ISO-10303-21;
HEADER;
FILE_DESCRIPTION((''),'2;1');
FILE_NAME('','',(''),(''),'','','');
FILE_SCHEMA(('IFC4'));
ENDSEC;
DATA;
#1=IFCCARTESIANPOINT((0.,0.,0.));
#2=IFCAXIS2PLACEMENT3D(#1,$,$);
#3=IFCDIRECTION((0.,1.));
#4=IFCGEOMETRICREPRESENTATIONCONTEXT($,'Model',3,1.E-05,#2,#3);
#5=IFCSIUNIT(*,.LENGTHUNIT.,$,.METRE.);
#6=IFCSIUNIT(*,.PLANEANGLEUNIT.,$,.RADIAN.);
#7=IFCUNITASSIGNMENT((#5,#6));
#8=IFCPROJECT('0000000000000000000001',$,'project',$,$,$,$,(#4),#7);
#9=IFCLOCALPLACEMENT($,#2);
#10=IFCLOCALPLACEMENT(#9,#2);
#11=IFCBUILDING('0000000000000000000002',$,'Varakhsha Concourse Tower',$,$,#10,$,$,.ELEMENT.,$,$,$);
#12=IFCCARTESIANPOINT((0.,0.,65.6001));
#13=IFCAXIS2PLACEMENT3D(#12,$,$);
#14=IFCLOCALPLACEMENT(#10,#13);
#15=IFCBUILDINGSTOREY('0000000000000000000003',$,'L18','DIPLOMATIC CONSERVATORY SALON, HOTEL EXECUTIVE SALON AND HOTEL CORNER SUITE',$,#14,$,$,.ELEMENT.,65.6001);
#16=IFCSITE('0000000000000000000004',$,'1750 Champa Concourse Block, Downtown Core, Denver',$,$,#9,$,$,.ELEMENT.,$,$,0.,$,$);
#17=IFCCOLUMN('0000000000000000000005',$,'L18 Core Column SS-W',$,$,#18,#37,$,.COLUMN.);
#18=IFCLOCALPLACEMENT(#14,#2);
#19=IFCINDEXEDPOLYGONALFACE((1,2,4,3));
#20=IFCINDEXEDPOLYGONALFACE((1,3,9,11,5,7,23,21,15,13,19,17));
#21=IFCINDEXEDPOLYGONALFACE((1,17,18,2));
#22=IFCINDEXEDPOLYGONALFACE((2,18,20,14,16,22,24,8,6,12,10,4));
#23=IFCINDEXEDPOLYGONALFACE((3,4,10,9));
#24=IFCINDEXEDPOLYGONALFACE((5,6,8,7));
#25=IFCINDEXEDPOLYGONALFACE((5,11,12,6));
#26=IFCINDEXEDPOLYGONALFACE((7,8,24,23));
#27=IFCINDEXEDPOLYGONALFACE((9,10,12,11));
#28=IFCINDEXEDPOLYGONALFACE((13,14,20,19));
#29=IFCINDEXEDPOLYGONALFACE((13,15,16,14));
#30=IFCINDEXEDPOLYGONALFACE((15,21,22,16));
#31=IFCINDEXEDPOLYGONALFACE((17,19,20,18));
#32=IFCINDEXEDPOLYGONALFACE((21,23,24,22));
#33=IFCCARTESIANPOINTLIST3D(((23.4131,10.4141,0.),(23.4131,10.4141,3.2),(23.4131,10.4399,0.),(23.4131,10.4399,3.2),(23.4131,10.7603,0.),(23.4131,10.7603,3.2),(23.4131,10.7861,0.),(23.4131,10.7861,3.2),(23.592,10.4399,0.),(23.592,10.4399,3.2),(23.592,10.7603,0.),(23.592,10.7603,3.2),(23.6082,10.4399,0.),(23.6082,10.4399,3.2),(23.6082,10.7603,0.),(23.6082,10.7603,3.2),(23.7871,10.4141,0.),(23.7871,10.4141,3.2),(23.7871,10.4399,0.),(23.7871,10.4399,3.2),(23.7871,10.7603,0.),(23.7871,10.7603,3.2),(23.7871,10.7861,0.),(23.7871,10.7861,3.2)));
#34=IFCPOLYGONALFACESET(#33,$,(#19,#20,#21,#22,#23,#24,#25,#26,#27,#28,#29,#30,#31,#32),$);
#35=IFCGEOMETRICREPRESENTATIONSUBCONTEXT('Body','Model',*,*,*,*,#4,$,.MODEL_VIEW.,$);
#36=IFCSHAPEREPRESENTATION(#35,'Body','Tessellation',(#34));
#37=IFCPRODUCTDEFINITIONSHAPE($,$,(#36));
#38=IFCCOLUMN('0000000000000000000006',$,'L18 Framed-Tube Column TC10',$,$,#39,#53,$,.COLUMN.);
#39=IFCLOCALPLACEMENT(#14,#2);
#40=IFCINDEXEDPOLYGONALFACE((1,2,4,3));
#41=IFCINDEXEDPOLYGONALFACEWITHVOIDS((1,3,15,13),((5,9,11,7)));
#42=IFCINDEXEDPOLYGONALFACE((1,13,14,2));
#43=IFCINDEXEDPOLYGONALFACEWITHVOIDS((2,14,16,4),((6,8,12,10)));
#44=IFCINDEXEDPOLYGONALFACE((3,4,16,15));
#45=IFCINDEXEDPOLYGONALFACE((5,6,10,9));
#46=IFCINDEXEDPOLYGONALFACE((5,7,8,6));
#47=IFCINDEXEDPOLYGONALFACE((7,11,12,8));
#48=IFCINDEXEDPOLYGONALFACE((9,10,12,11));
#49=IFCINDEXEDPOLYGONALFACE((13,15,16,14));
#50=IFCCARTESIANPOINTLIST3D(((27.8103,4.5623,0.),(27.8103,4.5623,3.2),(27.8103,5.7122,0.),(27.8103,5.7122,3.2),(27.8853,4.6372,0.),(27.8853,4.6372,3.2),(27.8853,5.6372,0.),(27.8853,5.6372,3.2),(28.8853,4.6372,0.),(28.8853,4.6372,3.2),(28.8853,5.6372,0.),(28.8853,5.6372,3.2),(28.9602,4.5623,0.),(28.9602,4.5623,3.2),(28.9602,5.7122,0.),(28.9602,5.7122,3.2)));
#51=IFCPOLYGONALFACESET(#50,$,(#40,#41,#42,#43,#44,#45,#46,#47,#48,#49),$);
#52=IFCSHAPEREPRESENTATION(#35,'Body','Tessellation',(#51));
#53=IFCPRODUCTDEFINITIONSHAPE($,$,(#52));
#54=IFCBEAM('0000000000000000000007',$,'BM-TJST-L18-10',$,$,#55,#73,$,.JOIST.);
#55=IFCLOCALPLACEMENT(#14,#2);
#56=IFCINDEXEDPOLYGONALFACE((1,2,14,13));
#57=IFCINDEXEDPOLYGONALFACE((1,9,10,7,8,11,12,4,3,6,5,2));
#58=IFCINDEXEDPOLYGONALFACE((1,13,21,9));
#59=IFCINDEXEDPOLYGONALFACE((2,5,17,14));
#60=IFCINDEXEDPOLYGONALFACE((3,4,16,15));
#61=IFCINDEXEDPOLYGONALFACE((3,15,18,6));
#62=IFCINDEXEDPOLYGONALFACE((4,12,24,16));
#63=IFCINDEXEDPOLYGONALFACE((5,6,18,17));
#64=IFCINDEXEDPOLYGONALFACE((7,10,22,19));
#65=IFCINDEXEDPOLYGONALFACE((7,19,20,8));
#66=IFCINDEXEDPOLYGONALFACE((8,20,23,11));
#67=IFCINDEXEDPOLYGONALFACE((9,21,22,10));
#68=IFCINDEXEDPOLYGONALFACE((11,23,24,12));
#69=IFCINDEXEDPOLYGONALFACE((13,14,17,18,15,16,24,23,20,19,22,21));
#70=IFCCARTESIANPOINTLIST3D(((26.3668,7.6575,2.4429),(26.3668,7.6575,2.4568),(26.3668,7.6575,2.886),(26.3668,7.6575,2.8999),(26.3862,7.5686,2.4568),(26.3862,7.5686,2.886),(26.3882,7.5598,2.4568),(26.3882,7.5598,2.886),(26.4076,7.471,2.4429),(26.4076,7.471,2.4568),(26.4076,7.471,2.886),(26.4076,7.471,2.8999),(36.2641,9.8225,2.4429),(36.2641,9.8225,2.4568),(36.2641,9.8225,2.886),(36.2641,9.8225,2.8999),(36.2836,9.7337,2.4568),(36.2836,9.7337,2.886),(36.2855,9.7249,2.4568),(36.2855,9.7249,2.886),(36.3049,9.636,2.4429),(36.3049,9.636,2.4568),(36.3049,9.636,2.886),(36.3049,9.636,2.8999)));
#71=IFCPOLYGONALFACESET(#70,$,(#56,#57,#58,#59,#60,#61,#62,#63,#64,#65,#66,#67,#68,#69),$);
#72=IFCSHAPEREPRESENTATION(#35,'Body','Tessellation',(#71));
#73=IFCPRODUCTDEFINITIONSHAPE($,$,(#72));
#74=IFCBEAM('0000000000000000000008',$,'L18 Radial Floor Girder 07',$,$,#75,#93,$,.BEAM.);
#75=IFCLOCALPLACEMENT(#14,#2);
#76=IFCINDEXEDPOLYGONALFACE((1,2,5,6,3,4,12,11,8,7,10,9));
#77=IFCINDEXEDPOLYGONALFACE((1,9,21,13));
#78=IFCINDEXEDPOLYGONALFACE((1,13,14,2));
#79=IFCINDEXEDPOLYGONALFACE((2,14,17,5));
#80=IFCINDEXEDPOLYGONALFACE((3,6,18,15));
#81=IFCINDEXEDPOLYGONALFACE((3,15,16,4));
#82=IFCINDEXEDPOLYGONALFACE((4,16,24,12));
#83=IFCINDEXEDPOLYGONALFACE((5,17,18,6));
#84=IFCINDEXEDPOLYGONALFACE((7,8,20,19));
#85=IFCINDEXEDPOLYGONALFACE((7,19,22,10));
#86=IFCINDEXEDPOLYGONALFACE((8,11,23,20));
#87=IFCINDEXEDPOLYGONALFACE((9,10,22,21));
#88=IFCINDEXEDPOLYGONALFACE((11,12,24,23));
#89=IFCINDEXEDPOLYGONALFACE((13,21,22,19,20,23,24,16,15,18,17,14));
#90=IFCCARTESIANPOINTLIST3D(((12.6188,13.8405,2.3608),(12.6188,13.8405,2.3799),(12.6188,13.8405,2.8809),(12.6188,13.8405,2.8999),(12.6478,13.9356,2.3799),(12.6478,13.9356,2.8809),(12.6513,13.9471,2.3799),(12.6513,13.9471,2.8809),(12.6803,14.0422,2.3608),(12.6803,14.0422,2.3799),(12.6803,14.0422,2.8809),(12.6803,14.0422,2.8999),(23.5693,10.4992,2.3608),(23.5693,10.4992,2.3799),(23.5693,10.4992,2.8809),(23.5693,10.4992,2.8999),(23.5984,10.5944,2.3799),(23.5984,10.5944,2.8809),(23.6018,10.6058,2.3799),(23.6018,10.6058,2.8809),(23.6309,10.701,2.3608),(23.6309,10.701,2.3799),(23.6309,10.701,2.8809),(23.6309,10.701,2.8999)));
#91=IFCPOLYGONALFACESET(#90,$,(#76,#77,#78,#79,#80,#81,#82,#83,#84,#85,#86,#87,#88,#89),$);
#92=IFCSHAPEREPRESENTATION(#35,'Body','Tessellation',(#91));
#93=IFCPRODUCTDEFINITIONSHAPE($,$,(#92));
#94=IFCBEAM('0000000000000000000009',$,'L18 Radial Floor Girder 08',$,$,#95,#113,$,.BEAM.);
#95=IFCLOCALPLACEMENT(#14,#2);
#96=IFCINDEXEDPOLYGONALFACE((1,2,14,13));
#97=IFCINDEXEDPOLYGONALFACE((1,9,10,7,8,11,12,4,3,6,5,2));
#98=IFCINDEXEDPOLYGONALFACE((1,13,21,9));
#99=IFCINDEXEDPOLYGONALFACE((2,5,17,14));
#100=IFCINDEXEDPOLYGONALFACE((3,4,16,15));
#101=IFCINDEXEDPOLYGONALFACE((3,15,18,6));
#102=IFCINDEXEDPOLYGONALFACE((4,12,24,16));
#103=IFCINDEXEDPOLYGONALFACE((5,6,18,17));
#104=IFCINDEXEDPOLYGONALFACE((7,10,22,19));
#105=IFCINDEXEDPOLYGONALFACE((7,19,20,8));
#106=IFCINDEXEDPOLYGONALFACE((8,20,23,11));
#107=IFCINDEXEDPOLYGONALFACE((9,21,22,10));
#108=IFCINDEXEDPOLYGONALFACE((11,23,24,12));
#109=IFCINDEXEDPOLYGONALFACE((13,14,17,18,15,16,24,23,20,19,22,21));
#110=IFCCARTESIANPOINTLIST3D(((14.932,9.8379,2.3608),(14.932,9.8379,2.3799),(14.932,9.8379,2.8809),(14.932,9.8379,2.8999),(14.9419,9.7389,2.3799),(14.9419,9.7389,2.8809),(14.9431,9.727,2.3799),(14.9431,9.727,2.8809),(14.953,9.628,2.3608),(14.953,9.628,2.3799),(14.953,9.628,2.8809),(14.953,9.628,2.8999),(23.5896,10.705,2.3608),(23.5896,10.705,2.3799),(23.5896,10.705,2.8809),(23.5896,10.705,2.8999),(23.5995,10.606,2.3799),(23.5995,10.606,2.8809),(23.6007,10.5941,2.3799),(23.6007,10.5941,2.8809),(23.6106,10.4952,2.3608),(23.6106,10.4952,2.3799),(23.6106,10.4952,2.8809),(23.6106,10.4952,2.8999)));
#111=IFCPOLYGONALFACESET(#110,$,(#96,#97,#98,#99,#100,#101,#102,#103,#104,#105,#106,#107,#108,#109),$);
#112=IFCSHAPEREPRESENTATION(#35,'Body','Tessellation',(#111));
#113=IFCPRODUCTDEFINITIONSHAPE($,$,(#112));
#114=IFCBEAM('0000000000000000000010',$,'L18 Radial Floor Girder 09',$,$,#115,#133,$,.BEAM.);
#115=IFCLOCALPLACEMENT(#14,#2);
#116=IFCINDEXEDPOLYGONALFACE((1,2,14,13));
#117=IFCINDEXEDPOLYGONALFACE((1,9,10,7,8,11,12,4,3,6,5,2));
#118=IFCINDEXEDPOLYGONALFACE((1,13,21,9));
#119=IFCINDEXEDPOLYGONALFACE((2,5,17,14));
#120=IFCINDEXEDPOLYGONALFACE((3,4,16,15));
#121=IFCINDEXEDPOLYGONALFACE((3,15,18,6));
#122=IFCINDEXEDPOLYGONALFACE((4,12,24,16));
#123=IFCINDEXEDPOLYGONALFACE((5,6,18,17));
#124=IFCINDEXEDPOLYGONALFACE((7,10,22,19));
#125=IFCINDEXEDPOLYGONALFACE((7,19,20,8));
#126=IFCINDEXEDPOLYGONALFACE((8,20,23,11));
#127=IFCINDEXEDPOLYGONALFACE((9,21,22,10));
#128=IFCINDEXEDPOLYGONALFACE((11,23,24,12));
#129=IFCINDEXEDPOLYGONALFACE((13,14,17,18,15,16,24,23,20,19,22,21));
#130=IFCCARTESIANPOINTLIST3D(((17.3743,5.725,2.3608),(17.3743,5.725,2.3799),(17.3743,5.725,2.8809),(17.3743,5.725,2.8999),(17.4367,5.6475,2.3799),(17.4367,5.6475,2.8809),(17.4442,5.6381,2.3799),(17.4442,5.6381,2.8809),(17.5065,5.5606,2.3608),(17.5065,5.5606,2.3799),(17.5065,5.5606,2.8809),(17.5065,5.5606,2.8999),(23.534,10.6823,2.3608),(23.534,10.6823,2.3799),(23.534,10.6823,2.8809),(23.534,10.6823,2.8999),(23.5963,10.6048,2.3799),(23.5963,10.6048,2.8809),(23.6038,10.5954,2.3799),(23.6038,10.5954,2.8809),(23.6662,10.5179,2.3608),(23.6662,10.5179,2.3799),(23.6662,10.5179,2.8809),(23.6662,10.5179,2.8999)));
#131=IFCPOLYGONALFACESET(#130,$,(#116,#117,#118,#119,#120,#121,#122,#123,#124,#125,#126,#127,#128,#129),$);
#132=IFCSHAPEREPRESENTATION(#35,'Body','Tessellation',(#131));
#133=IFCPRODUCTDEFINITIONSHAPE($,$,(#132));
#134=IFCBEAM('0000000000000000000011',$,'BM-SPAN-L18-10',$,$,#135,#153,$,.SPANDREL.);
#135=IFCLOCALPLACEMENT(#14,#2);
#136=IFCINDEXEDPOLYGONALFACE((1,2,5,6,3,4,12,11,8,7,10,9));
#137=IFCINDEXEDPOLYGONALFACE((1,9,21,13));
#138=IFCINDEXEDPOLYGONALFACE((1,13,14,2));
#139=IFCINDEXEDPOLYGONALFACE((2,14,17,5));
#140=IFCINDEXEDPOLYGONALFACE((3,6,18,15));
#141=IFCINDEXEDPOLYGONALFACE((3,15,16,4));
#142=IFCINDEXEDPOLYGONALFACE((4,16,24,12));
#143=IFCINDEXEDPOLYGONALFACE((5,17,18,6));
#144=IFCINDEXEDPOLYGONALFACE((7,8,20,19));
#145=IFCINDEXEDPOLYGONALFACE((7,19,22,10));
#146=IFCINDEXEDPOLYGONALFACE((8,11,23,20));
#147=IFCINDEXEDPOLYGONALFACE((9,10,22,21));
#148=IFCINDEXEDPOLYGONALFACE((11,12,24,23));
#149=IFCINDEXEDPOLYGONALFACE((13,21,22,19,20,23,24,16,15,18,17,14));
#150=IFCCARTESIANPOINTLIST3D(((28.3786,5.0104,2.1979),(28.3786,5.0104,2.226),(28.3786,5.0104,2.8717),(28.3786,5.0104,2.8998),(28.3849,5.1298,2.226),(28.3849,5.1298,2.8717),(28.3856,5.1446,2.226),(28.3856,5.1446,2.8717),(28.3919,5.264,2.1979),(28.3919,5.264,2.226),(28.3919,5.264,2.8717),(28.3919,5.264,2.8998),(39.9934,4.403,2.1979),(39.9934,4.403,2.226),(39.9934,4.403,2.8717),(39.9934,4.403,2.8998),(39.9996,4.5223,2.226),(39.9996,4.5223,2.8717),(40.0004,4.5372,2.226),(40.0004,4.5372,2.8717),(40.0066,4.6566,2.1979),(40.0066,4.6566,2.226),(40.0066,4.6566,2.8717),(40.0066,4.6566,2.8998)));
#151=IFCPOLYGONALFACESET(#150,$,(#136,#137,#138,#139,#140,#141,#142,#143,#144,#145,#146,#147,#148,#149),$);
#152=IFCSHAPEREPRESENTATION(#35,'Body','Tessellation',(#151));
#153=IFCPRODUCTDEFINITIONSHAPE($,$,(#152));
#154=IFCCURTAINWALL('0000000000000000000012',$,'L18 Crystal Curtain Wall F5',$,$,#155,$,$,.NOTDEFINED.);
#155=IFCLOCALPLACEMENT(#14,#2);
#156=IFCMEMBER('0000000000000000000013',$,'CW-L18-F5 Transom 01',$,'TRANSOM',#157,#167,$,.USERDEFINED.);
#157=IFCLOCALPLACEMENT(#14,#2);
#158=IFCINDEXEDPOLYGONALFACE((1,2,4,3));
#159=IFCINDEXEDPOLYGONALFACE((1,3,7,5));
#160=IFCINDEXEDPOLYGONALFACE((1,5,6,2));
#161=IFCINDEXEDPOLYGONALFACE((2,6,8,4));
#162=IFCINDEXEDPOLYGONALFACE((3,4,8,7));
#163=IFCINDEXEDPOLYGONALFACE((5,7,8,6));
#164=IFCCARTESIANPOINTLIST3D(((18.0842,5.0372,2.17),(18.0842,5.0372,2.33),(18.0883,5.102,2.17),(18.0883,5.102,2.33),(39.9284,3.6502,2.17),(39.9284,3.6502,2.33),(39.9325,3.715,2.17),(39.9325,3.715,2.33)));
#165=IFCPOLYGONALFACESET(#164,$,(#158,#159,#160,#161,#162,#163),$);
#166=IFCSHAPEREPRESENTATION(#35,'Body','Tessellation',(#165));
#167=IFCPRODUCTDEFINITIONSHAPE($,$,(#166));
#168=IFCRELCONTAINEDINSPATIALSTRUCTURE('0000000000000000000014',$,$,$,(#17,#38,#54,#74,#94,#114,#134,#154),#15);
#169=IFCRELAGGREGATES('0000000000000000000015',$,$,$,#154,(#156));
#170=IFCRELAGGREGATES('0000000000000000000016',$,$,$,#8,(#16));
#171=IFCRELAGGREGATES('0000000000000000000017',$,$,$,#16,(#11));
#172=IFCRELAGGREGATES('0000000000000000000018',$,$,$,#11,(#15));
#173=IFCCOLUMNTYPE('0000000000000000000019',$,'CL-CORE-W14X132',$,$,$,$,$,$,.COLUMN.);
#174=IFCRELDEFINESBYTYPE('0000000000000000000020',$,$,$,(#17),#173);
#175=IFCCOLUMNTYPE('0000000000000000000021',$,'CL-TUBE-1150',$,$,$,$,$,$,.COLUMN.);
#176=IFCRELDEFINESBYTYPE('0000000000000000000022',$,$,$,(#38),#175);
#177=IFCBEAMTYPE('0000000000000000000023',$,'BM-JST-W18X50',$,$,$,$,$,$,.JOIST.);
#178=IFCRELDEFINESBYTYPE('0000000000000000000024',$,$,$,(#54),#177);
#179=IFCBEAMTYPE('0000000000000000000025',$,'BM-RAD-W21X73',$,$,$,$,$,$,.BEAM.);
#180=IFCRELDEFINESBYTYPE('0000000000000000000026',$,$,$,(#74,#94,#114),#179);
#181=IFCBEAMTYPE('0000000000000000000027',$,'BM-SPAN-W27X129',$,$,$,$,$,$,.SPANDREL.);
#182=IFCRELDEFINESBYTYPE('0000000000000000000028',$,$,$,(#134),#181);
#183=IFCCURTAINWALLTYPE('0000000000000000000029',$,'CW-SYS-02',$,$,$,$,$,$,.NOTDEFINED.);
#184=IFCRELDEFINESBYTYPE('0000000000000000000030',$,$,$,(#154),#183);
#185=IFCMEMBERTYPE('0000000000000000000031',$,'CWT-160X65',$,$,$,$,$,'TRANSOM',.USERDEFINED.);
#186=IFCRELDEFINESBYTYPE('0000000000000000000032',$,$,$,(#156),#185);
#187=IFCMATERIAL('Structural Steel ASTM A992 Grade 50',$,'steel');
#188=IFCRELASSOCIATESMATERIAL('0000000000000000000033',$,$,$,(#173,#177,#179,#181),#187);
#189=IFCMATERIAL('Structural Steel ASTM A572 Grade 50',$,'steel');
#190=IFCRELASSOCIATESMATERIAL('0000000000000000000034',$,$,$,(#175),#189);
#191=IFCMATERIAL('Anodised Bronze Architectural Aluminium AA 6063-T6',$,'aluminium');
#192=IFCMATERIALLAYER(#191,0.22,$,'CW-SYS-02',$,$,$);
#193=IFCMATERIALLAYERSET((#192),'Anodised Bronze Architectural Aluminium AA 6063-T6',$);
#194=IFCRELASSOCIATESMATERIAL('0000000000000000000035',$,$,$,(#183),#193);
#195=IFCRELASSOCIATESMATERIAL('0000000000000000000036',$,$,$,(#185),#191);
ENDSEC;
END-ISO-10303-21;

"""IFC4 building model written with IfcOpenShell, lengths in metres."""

from ifc_helpers import new_model, si_unit, direction, frame, origin, origin_2d, place, context, subcontext, project, spatial, rectangle, hollow_rectangle, i_section, extrude, source, transform, mapped, material, layer, layer_set, material_profile, profile_set, type_object, type_shapes, element, aggregate, save


model = new_model("IFC4")

# Units and contexts
model_context = context("Model", 3, precision=1e-05, world=origin(), true_north=direction((0.0, 1.0)))
body_context = subcontext(model_context, "Body", "Model", "MODEL_VIEW")
ifc_project = project(units=[si_unit("LENGTHUNIT", "METRE"), si_unit("PLANEANGLEUNIT", "RADIAN")], contexts=[model_context])

# Site, building, storey
site_placement = place(None, origin())
site = spatial("IfcSite", under=ifc_project, at=site_placement, Name="1750 Champa Concourse Block, Downtown Core, Denver", CompositionType="ELEMENT", RefElevation=0.0)
building_placement = place(site_placement, origin())
building = spatial("IfcBuilding", under=site, at=building_placement, Name="Varakhsha Concourse Tower", CompositionType="ELEMENT")
storey_placement = place(building_placement, frame((0.0, 0.0, 65.6001)))
storey = spatial("IfcBuildingStorey", under=building, at=storey_placement, Name="L18", Description="DIPLOMATIC CONSERVATORY SALON, HOTEL EXECUTIVE SALON AND HOTEL CORNER SUITE", CompositionType="ELEMENT", Elevation=65.6001)

# Columns
ifc_material_1 = material(Name="Structural Steel ASTM A992 Grade 50", Category="steel")
ifc_material_profile_1 = material_profile(ifc_material_1, i_section(OverallWidth=0.374, OverallDepth=0.3721, WebThickness=0.0161, FlangeThickness=0.0259, at=origin_2d()), Name="W14X132")
ifc_profile_set_1 = profile_set([ifc_material_profile_1], Name="Structural Steel ASTM A992 Grade 50")
column_type_1 = type_object("IfcColumnType", Name="CL-CORE-W14X132", PredefinedType="COLUMN", material=ifc_profile_set_1)
column_1_placement = place(storey_placement, frame((23.6001, 10.6001, 0.0), z_axis=(0.0, 0.0, 1.0), x_axis=(1.0, 0.0, 0.0)))
element("IfcColumn", 1, at=column_1_placement, inside=storey, type_object=column_type_1, Name="L18 Core Column SS-W", PredefinedType="COLUMN", context=body_context, shape_type="SweptSolid", body=[
    extrude(i_section(OverallWidth=0.374, OverallDepth=0.3721, WebThickness=0.0161, FlangeThickness=0.0259, at=origin_2d()), origin(), (0.0, 0.0, 1.0), 3.2),
])
ifc_material_2 = material(Name="Structural Steel ASTM A572 Grade 50", Category="steel")
ifc_material_profile_2 = material_profile(ifc_material_2, hollow_rectangle(XDim=1.1499, YDim=1.1499, WallThickness=0.075, at=origin_2d()), Name="BOX 1150x1150x75")
ifc_profile_set_2 = profile_set([ifc_material_profile_2], Name="Structural Steel ASTM A572 Grade 50")
column_type_2 = type_object("IfcColumnType", Name="CL-TUBE-1150", PredefinedType="COLUMN", material=ifc_profile_set_2)
column_2_placement = place(storey_placement, frame((28.3853, 5.1372, 0.0), z_axis=(0.0, 0.0, 1.0), x_axis=(1.0, 0.0, 0.0)))
element("IfcColumn", 2, at=column_2_placement, inside=storey, type_object=column_type_2, Name="L18 Framed-Tube Column TC10", PredefinedType="COLUMN", context=body_context, shape_type="SweptSolid", body=[
    extrude(hollow_rectangle(XDim=1.1499, YDim=1.1499, WallThickness=0.075, at=origin_2d()), origin(), (0.0, 0.0, 1.0), 3.2),
])

# Beams
ifc_material_profile_3 = material_profile(ifc_material_1, i_section(OverallWidth=0.1909, OverallDepth=0.457, WebThickness=0.009, FlangeThickness=0.0139, at=origin_2d()), Name="W18X50")
ifc_profile_set_3 = profile_set([ifc_material_profile_3], Name="Structural Steel ASTM A992 Grade 50")
beam_type_1 = type_object("IfcBeamType", Name="BM-JST-W18X50", PredefinedType="JOIST", material=ifc_profile_set_3)
beam_1_placement = place(storey_placement, frame((26.3872, 7.5642, 2.6714), z_axis=(0.9769, 0.213699, 0.0), x_axis=(-0.213699, 0.9769, 0.0)))
element("IfcBeam", 3, at=beam_1_placement, inside=storey, type_object=beam_type_1, Name="BM-TJST-L18-10", PredefinedType="JOIST", context=body_context, shape_type="SweptSolid", body=[
    extrude(i_section(OverallWidth=0.1909, OverallDepth=0.457, WebThickness=0.009, FlangeThickness=0.0139, at=origin_2d()), origin(), (0.0, 0.0, 1.0), 10.1313),
])
ifc_material_profile_4 = material_profile(ifc_material_1, i_section(OverallWidth=0.2109, OverallDepth=0.5391, WebThickness=0.012, FlangeThickness=0.019, at=origin_2d()), Name="W21X73")
ifc_profile_set_4 = profile_set([ifc_material_profile_4], Name="Structural Steel ASTM A992 Grade 50")
beam_type_2 = type_object("IfcBeamType", Name="BM-RAD-W21X73", PredefinedType="BEAM", material=ifc_profile_set_4)
beam_2_placement = place(storey_placement, frame((23.6001, 10.6001, 2.6304), z_axis=(-0.956467, 0.29184, 0.0), x_axis=(-0.29184, -0.956467, 0.0)))
element("IfcBeam", 4, at=beam_2_placement, inside=storey, type_object=beam_type_2, Name="L18 Radial Floor Girder 07", PredefinedType="BEAM", context=body_context, shape_type="SweptSolid", body=[
    extrude(i_section(OverallWidth=0.2109, OverallDepth=0.5391, WebThickness=0.012, FlangeThickness=0.019, at=origin_2d()), origin(), (0.0, 0.0, 1.0), 11.449),
])
beam_3_placement = place(storey_placement, frame((23.6001, 10.6001, 2.6304), z_axis=(-0.995021, -0.099665, 0.0), x_axis=(0.099665, -0.995021, 0.0)))
element("IfcBeam", 5, at=beam_3_placement, inside=storey, type_object=beam_type_2, Name="L18 Radial Floor Girder 08", PredefinedType="BEAM", context=body_context, shape_type="SweptSolid", body=[
    extrude(i_section(OverallWidth=0.2109, OverallDepth=0.5391, WebThickness=0.012, FlangeThickness=0.019, at=origin_2d()), origin(), (0.0, 0.0, 1.0), 8.7009),
])
beam_4_placement = place(storey_placement, frame((23.6001, 10.6001, 2.6304), z_axis=(-0.779043, -0.626971, 0.0), x_axis=(0.626971, -0.779043, 0.0)))
element("IfcBeam", 6, at=beam_4_placement, inside=storey, type_object=beam_type_2, Name="L18 Radial Floor Girder 09", PredefinedType="BEAM", context=body_context, shape_type="SweptSolid", body=[
    extrude(i_section(OverallWidth=0.2109, OverallDepth=0.5391, WebThickness=0.012, FlangeThickness=0.019, at=origin_2d()), origin(), (0.0, 0.0, 1.0), 7.9067),
])
ifc_material_profile_5 = material_profile(ifc_material_1, i_section(OverallWidth=0.2539, OverallDepth=0.7019, WebThickness=0.0149, FlangeThickness=0.0281, at=origin_2d()), Name="W27X129")
ifc_profile_set_5 = profile_set([ifc_material_profile_5], Name="Structural Steel ASTM A992 Grade 50")
beam_type_3 = type_object("IfcBeamType", Name="BM-SPAN-W27X129", PredefinedType="SPANDREL", material=ifc_profile_set_5)
beam_5_placement = place(storey_placement, frame((28.3853, 5.1372, 2.5488), z_axis=(0.998635, -0.052226, 0.0), x_axis=(0.052226, 0.998635, 0.0)))
element("IfcBeam", 7, at=beam_5_placement, inside=storey, type_object=beam_type_3, Name="BM-SPAN-L18-10", PredefinedType="SPANDREL", context=body_context, shape_type="SweptSolid", body=[
    extrude(i_section(OverallWidth=0.2539, OverallDepth=0.7019, WebThickness=0.0149, FlangeThickness=0.0281, at=origin_2d()), origin(), (0.0, 0.0, 1.0), 11.6306),
])

# Curtain wall, member
ifc_material_3 = material(Name="Anodised Bronze Architectural Aluminium AA 6063-T6", Category="aluminium")
ifc_layer_1 = layer(ifc_material_3, 0.22, Name="CW-SYS-02")
ifc_layer_set_1 = layer_set([ifc_layer_1], Name="Anodised Bronze Architectural Aluminium AA 6063-T6")
curtain_wall_type = type_object("IfcCurtainWallType", Name="CW-SYS-02", PredefinedType="NOTDEFINED", material=ifc_layer_set_1)
curtain_wall_placement = place(storey_placement, origin())
curtain_wall = element("IfcCurtainWall", 8, at=curtain_wall_placement, inside=storey, type_object=curtain_wall_type, Name="L18 Crystal Curtain Wall F5", PredefinedType="NOTDEFINED")
ifc_material_profile_6 = material_profile(ifc_material_3, rectangle(XDim=0.0649, YDim=0.1599, at=origin_2d()), Name="CWT-160X65")
ifc_profile_set_6 = profile_set([ifc_material_profile_6], Name="Anodised Bronze Architectural Aluminium AA 6063-T6")
member_type_1 = type_object("IfcMemberType", Name="CWT-160X65", ElementType="TRANSOM", PredefinedType="USERDEFINED", material=ifc_profile_set_6)
shared_shape_1 = source(origin(), body_context, "Body", "SweptSolid", [
    extrude(rectangle(XDim=0.0649, YDim=0.1599, at=origin_2d()), origin(), (0.0, 0.0, 1.0), 21.8882),
])
type_shapes(member_type_1, [shared_shape_1])
member_1_placement = place(storey_placement, frame((39.9304, 3.6826, 2.25), z_axis=(-0.99799, 0.063366, 0.0), x_axis=(-0.063366, -0.99799, 0.0)))
member_1 = element("IfcMember", 9, at=member_1_placement, type_object=member_type_1, Name="CW-L18-F5 Transom 01", ObjectType="TRANSOM", PredefinedType="USERDEFINED", context=body_context, shape_type="MappedRepresentation", body=[
    mapped(shared_shape_1, transform((0.0, 0.0, 0.0), scale=1.0)),
])
aggregate(curtain_wall, [member_1])

save(model, "model.ifc")
